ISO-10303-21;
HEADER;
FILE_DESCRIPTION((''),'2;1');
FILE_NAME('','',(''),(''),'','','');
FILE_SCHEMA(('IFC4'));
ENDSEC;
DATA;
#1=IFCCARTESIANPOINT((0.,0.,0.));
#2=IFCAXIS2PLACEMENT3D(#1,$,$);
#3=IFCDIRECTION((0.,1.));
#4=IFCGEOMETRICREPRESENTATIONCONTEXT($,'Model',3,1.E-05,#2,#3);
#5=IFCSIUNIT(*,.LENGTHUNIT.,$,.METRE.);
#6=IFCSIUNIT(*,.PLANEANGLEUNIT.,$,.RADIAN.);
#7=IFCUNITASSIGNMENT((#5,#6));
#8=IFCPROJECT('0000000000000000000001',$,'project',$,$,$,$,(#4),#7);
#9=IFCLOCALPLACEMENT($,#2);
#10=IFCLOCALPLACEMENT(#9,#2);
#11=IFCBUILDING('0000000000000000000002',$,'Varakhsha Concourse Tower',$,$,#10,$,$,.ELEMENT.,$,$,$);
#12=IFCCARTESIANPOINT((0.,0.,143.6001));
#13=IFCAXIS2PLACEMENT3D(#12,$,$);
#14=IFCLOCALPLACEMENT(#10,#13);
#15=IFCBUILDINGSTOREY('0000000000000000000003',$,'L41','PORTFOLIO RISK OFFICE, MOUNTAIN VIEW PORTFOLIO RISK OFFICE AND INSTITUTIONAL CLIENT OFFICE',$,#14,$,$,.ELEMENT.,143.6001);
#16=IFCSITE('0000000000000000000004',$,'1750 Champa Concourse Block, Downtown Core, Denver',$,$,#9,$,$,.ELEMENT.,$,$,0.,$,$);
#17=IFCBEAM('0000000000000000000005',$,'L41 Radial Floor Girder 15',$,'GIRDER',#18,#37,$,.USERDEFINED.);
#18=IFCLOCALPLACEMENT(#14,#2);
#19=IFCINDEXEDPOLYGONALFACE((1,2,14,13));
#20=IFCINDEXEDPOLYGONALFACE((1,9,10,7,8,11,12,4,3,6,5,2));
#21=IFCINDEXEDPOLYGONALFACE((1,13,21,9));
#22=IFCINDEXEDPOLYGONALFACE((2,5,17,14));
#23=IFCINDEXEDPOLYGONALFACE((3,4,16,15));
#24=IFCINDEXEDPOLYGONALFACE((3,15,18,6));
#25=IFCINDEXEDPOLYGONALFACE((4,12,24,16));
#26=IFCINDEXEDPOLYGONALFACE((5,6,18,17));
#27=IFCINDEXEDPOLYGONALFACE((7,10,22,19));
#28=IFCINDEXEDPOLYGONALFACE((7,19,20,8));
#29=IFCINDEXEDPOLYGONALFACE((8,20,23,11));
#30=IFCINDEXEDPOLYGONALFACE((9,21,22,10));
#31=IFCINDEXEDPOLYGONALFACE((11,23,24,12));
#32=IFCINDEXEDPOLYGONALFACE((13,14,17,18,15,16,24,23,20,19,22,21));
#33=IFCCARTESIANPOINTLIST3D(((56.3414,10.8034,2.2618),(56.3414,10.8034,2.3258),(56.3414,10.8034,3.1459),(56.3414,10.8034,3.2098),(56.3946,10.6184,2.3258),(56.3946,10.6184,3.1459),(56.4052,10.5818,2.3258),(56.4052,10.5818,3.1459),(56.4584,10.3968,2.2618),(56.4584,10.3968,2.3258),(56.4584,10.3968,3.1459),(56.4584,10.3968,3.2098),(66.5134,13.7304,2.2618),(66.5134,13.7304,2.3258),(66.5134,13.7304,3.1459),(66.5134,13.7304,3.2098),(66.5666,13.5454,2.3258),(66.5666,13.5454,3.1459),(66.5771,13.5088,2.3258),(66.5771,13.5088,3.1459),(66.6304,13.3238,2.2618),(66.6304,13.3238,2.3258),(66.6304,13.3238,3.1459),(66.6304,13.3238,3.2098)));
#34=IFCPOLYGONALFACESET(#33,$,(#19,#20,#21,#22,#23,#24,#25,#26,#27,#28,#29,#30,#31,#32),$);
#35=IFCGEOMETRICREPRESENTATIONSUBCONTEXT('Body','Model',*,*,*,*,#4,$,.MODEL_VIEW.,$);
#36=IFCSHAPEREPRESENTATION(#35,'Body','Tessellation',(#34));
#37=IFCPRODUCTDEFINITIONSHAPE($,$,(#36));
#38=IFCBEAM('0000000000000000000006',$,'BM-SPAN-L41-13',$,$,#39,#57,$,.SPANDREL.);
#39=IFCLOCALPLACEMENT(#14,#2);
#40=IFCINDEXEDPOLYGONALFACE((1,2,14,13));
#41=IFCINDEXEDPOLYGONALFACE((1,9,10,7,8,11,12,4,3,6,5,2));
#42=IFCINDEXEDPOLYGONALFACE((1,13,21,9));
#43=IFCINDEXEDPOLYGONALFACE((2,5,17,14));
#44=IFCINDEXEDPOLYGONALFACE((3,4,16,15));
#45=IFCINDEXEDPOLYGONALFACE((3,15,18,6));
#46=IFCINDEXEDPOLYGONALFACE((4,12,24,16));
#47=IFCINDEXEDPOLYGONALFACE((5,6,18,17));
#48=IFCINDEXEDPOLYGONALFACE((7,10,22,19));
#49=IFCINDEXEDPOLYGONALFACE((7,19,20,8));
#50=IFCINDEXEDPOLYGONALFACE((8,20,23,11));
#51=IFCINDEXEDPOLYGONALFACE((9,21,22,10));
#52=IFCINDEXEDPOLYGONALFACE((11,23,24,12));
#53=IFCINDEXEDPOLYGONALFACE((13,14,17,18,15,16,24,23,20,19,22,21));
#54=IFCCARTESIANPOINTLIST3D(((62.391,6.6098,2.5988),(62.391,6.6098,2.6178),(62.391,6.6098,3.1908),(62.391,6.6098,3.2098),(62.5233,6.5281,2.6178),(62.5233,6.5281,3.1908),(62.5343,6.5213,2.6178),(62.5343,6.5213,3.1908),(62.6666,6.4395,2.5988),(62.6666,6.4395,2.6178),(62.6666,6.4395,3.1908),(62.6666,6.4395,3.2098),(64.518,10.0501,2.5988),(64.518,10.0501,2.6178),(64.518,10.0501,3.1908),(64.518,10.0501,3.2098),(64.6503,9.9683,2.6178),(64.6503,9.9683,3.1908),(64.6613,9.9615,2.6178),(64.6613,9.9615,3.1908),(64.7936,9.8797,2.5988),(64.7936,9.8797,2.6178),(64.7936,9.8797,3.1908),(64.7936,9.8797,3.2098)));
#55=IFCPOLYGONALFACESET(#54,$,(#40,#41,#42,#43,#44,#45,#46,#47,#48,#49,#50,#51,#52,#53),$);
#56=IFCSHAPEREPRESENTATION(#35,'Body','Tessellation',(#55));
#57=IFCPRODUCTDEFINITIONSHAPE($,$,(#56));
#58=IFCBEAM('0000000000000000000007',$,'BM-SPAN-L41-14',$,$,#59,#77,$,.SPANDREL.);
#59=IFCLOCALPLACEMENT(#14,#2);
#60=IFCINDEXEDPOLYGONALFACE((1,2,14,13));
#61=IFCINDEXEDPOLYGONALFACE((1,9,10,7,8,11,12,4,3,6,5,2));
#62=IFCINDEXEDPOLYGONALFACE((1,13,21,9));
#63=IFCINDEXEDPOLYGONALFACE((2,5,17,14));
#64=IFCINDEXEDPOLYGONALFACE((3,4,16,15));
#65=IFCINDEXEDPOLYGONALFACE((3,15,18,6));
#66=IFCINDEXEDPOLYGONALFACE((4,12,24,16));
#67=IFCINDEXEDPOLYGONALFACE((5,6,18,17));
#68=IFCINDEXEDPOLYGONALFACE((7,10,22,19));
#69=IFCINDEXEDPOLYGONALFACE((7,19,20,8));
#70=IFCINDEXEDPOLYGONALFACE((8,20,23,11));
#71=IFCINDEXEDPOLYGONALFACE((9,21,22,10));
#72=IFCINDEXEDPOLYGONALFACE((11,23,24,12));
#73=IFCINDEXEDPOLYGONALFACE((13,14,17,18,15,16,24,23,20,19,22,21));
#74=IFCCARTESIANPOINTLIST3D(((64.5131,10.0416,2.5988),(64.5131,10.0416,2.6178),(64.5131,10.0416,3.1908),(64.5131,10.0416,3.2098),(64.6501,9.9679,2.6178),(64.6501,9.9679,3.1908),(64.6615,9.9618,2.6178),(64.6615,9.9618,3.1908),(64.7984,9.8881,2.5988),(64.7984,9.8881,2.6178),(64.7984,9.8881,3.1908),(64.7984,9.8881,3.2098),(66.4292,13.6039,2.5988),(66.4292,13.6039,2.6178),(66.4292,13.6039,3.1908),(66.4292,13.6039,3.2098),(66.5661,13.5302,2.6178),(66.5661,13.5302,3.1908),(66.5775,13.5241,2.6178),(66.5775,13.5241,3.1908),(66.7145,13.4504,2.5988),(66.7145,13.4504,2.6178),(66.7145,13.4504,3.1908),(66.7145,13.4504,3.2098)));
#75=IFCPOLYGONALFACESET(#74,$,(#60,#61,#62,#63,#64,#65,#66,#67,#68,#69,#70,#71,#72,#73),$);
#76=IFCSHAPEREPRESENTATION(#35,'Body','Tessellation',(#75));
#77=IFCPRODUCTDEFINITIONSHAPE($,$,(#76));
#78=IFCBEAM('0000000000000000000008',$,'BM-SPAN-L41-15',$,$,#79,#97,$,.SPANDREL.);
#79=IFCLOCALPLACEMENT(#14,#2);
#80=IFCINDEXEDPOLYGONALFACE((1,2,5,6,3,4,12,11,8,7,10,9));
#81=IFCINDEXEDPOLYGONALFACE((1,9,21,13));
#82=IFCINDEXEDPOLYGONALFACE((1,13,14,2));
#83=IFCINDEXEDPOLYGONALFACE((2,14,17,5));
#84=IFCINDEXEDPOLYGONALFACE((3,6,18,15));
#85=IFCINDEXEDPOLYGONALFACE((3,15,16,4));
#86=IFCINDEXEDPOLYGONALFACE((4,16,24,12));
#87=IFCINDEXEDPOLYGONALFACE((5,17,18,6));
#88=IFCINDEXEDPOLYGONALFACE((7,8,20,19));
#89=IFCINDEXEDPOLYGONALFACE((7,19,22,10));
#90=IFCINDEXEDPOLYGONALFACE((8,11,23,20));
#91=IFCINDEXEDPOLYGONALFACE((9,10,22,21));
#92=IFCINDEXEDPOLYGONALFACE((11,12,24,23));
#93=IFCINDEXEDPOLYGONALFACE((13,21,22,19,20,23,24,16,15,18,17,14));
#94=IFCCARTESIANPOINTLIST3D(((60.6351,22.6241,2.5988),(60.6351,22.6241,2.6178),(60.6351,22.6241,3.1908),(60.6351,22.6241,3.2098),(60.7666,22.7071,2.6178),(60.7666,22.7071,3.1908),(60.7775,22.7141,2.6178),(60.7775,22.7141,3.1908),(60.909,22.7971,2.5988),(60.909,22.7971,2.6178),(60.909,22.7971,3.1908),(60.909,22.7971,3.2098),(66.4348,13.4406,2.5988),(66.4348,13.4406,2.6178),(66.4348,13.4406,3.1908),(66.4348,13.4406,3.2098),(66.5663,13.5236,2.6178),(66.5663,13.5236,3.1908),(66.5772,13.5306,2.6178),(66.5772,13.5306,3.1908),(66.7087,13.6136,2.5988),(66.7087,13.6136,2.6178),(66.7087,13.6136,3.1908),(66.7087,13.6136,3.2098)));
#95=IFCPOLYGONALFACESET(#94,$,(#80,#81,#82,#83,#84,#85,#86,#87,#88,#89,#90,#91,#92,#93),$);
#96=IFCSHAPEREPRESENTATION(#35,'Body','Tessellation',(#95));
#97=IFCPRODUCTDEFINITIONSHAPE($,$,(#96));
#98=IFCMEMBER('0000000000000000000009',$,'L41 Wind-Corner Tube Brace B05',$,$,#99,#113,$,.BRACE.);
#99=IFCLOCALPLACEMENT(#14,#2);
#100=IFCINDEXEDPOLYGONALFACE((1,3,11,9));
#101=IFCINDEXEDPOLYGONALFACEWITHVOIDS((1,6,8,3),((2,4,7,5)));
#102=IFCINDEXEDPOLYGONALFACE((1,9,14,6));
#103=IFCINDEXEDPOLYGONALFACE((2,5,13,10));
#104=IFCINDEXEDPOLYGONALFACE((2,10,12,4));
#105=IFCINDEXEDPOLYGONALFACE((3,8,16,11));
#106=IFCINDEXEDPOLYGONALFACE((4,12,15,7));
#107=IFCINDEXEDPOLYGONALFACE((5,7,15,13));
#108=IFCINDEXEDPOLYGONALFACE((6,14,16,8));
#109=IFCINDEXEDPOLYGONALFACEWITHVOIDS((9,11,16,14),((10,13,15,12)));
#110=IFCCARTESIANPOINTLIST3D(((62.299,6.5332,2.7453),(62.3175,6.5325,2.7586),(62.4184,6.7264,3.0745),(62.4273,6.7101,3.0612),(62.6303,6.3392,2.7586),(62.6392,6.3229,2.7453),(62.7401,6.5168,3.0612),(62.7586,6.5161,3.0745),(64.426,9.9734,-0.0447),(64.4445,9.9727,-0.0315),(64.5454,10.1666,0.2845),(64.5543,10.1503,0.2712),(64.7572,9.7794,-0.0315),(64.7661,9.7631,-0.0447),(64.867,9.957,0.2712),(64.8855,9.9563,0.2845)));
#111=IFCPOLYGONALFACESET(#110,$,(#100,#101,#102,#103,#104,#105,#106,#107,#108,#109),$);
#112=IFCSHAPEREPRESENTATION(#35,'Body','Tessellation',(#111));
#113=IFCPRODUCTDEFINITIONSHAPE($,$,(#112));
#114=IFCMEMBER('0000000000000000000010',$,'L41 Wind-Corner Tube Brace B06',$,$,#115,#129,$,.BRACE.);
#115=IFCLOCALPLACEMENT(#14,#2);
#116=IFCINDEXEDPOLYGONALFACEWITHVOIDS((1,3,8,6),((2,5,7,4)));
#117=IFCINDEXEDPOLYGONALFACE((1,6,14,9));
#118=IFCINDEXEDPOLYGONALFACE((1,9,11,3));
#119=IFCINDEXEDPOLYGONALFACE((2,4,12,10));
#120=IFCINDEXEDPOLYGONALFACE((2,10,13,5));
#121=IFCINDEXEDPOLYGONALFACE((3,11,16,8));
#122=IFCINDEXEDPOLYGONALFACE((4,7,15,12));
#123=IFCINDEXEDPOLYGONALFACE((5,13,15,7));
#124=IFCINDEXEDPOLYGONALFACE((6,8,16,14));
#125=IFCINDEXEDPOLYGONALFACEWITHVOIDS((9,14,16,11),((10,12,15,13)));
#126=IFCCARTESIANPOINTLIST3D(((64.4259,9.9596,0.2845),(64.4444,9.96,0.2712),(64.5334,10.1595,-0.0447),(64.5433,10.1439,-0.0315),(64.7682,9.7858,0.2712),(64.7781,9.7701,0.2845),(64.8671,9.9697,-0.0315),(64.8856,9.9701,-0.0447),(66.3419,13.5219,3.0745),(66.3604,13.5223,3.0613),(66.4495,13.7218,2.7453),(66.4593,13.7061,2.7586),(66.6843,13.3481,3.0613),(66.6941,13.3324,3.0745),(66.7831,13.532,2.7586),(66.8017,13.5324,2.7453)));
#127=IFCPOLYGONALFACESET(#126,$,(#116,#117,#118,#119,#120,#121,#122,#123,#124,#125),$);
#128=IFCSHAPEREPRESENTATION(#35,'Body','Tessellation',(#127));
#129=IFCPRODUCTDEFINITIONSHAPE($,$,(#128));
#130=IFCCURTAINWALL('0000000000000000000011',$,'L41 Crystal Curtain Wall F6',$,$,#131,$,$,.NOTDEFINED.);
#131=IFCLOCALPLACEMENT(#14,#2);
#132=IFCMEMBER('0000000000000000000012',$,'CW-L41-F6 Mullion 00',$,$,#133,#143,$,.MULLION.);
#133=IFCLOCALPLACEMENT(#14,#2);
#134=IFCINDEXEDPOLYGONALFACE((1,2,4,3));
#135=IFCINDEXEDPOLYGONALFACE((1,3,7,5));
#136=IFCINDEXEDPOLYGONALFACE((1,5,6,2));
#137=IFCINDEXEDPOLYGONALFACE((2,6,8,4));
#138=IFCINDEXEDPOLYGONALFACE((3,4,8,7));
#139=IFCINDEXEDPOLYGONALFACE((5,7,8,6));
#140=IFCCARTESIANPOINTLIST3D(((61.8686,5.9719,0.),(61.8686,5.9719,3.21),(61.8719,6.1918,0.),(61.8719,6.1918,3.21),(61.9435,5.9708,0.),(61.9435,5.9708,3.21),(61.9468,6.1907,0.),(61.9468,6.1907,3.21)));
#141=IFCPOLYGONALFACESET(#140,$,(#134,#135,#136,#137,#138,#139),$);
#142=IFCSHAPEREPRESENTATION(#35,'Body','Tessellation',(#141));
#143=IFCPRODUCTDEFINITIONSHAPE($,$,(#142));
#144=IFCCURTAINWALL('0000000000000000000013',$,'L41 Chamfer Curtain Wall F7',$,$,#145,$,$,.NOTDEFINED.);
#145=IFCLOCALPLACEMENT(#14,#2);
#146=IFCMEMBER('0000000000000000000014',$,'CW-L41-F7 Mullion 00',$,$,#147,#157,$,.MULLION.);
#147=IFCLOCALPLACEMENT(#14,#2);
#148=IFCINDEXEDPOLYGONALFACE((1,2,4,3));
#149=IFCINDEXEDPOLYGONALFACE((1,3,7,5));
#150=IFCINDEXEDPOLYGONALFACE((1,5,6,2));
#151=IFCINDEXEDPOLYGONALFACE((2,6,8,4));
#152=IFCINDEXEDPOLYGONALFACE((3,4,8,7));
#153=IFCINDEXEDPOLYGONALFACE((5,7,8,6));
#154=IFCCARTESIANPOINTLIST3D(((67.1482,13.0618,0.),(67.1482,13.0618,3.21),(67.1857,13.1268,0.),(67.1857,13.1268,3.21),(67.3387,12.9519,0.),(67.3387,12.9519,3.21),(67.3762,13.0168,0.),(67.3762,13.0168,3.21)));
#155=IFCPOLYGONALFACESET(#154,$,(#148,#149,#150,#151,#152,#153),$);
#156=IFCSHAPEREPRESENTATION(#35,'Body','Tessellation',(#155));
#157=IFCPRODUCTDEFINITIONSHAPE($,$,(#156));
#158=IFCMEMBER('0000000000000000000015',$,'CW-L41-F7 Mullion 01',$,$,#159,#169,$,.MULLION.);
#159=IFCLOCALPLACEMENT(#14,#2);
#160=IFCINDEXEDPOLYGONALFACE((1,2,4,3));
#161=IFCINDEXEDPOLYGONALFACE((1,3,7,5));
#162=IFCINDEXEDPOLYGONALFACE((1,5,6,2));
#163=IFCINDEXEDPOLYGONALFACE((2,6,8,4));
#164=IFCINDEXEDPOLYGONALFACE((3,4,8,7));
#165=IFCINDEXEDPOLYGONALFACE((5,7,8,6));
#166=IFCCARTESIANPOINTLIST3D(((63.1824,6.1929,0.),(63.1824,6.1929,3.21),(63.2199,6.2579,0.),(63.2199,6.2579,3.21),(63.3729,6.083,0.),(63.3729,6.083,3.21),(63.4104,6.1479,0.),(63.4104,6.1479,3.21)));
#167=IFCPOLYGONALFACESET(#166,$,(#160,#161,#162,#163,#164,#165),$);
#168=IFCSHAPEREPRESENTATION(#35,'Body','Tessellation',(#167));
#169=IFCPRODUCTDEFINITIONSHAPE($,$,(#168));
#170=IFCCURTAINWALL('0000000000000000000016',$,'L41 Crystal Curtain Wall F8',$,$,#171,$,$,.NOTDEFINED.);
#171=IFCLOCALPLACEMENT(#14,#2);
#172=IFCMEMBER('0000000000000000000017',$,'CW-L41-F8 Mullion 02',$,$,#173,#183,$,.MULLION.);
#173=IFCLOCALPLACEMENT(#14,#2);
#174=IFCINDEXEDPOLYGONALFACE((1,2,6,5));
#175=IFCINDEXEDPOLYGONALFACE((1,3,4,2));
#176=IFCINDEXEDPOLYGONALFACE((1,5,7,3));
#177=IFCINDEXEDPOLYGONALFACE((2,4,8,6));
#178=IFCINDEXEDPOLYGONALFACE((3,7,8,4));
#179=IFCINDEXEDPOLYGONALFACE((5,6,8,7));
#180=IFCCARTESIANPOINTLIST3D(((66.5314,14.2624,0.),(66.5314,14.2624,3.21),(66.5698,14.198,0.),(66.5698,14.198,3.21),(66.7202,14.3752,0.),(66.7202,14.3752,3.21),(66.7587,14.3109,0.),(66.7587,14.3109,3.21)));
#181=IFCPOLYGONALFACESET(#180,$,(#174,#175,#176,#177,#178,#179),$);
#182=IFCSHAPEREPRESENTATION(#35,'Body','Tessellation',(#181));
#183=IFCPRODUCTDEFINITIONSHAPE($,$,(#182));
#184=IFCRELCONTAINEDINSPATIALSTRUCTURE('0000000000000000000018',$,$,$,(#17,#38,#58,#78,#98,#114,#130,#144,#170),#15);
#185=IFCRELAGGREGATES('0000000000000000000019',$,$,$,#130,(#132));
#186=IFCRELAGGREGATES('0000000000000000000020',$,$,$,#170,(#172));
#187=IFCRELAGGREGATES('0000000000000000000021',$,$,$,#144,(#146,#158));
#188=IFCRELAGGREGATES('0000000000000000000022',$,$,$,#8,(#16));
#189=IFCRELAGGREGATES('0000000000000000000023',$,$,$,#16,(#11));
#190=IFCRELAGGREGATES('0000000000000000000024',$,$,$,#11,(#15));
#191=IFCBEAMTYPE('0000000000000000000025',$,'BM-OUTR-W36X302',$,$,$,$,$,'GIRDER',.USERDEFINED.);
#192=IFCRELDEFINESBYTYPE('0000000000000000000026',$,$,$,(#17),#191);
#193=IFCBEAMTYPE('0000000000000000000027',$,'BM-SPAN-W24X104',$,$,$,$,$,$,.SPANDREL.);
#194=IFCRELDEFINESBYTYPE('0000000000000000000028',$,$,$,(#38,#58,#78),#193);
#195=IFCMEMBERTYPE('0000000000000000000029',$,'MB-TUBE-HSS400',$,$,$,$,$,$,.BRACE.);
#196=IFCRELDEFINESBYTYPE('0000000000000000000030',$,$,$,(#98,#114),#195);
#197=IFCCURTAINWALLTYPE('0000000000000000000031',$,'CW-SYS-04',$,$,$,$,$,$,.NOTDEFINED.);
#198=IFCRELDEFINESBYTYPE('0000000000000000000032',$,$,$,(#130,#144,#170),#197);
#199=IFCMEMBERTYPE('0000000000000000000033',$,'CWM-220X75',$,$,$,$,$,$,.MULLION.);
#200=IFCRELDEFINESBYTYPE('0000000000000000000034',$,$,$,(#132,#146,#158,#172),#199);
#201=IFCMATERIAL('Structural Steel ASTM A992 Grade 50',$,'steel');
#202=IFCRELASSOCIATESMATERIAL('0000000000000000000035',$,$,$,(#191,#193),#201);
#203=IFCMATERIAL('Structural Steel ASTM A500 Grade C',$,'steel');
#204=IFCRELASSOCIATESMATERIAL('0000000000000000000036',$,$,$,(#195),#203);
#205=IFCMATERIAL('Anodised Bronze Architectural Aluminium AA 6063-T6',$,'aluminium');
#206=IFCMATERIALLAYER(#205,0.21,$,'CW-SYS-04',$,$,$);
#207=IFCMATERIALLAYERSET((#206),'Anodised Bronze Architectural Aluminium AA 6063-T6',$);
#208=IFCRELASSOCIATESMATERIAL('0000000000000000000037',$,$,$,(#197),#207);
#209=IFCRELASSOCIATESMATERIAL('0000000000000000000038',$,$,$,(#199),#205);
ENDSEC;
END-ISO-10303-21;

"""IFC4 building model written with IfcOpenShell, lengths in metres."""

from ifc_helpers import new_model, si_unit, direction, frame, origin, origin_2d, place, context, subcontext, project, spatial, rectangle, hollow_rectangle, i_section, extrude, source, transform, mapped, material, layer, layer_set, material_profile, profile_set, type_object, type_shapes, element, aggregate, save


model = new_model("IFC4")

# Units and contexts
model_context = context("Model", 3, precision=1e-05, world=origin(), true_north=direction((0.0, 1.0)))
body_context = subcontext(model_context, "Body", "Model", "MODEL_VIEW")
ifc_project = project(units=[si_unit("LENGTHUNIT", "METRE"), si_unit("PLANEANGLEUNIT", "RADIAN")], contexts=[model_context])

# Site, building, storey
site_placement = place(None, origin())
site = spatial("IfcSite", under=ifc_project, at=site_placement, Name="1750 Champa Concourse Block, Downtown Core, Denver", CompositionType="ELEMENT", RefElevation=0.0)
building_placement = place(site_placement, origin())
building = spatial("IfcBuilding", under=site, at=building_placement, Name="Varakhsha Concourse Tower", CompositionType="ELEMENT")
storey_placement = place(building_placement, frame((0.0, 0.0, 143.6001)))
storey = spatial("IfcBuildingStorey", under=building, at=storey_placement, Name="L41", Description="PORTFOLIO RISK OFFICE, MOUNTAIN VIEW PORTFOLIO RISK OFFICE AND INSTITUTIONAL CLIENT OFFICE", CompositionType="ELEMENT", Elevation=143.6001)

# Shared definitions
ifc_material_1 = material(Name="Structural Steel ASTM A992 Grade 50", Category="steel")

# Beams
ifc_material_profile_1 = material_profile(ifc_material_1, i_section(OverallWidth=0.4231, OverallDepth=0.948, WebThickness=0.0381, FlangeThickness=0.064, at=origin_2d()), Name="W36X302")
ifc_profile_set_1 = profile_set([ifc_material_profile_1], Name="Structural Steel ASTM A992 Grade 50")
beam_type_1 = type_object("IfcBeamType", Name="BM-OUTR-W36X302", ElementType="GIRDER", PredefinedType="USERDEFINED", material=ifc_profile_set_1)
beam_1_placement = place(storey_placement, frame((56.3999, 10.6001, 2.7358), z_axis=(0.961004, 0.276533, 0.0), x_axis=(-0.276533, 0.961004, 0.0)))
element("IfcBeam", 1, at=beam_1_placement, inside=storey, type_object=beam_type_1, Name="L41 Radial Floor Girder 15", ObjectType="GIRDER", PredefinedType="USERDEFINED", context=body_context, shape_type="SweptSolid", body=[
    extrude(i_section(OverallWidth=0.4231, OverallDepth=0.948, WebThickness=0.0381, FlangeThickness=0.064, at=origin_2d()), origin(), (0.0, 0.0, 1.0), 10.5847),
])
ifc_material_profile_2 = material_profile(ifc_material_1, i_section(OverallWidth=0.324, OverallDepth=0.6111, WebThickness=0.0129, FlangeThickness=0.019, at=origin_2d()), Name="W24X104")
ifc_profile_set_2 = profile_set([ifc_material_profile_2], Name="Structural Steel ASTM A992 Grade 50")
beam_type_2 = type_object("IfcBeamType", Name="BM-SPAN-W24X104", PredefinedType="SPANDREL", material=ifc_profile_set_2)
beam_2_placement = place(storey_placement, frame((62.5288, 6.5247, 2.9043), z_axis=(0.525875, 0.850562, 0.0), x_axis=(-0.850562, 0.525875, 0.0)))
element("IfcBeam", 2, at=beam_2_placement, inside=storey, type_object=beam_type_2, Name="BM-SPAN-L41-13", PredefinedType="SPANDREL", context=body_context, shape_type="SweptSolid", body=[
    extrude(i_section(OverallWidth=0.324, OverallDepth=0.6111, WebThickness=0.0129, FlangeThickness=0.019, at=origin_2d()), origin(), (0.0, 0.0, 1.0), 4.0447),
])
beam_3_placement = place(storey_placement, frame((64.6558, 9.9648, 2.9043), z_axis=(0.473693, 0.88069, 0.0), x_axis=(-0.88069, 0.473693, 0.0)))
element("IfcBeam", 3, at=beam_3_placement, inside=storey, type_object=beam_type_2, Name="BM-SPAN-L41-14", PredefinedType="SPANDREL", context=body_context, shape_type="SweptSolid", body=[
    extrude(i_section(OverallWidth=0.324, OverallDepth=0.6111, WebThickness=0.0129, FlangeThickness=0.019, at=origin_2d()), origin(), (0.0, 0.0, 1.0), 4.0449),
])
beam_4_placement = place(storey_placement, frame((66.5718, 13.5271, 2.9043), z_axis=(-0.533969, 0.845504, 0.0), x_axis=(-0.845504, -0.533969, 0.0)))
element("IfcBeam", 4, at=beam_4_placement, inside=storey, type_object=beam_type_2, Name="BM-SPAN-L41-15", PredefinedType="SPANDREL", context=body_context, shape_type="SweptSolid", body=[
    extrude(i_section(OverallWidth=0.324, OverallDepth=0.6111, WebThickness=0.0129, FlangeThickness=0.019, at=origin_2d()), origin(), (0.0, 0.0, 1.0), 10.8616),
])

# Members
ifc_material_2 = material(Name="Structural Steel ASTM A500 Grade C", Category="steel")
ifc_material_profile_3 = material_profile(ifc_material_2, hollow_rectangle(XDim=0.3999, YDim=0.3999, WallThickness=0.0161, at=origin_2d()), Name="HSS 400x400x16")
ifc_profile_set_3 = profile_set([ifc_material_profile_3], Name="Structural Steel ASTM A500 Grade C")
member_type_1 = type_object("IfcMemberType", Name="MB-TUBE-HSS400", PredefinedType="BRACE", material=ifc_profile_set_3)
shared_shape_1 = source(origin(), body_context, "Body", "SweptSolid", [
    extrude(hollow_rectangle(XDim=0.3999, YDim=0.3999, WallThickness=0.0161, at=origin_2d()), origin(), (0.0, 0.0, 1.0), 4.9136),
])
member_1_placement = place(storey_placement, frame((64.6558, 9.9648, 0.1199), z_axis=(-0.432874, -0.70014, 0.567824), x_axis=(0.850562, -0.525875, 0.0)))
element("IfcMember", 5, at=member_1_placement, inside=storey, type_object=member_type_1, Name="L41 Wind-Corner Tube Brace B05", PredefinedType="BRACE", context=body_context, shape_type="MappedRepresentation", body=[
    mapped(shared_shape_1, transform((0.0, 0.0, 0.0), scale=1.0)),
])
shared_shape_2 = source(origin(), body_context, "Body", "SweptSolid", [
    extrude(hollow_rectangle(XDim=0.3999, YDim=0.3999, WallThickness=0.0161, at=origin_2d()), origin(), (0.0, 0.0, 1.0), 4.9138),
])
type_shapes(member_type_1, [shared_shape_1, shared_shape_2])
member_2_placement = place(storey_placement, frame((64.6558, 9.9648, 0.1199), z_axis=(0.389928, 0.724954, 0.567801), x_axis=(-0.88069, 0.473693, 0.0)))
element("IfcMember", 6, at=member_2_placement, inside=storey, type_object=member_type_1, Name="L41 Wind-Corner Tube Brace B06", PredefinedType="BRACE", context=body_context, shape_type="MappedRepresentation", body=[
    mapped(shared_shape_2, transform((0.0, 0.0, 0.0), scale=1.0)),
])

# Curtain wall, member
ifc_material_3 = material(Name="Anodised Bronze Architectural Aluminium AA 6063-T6", Category="aluminium")
ifc_layer_1 = layer(ifc_material_3, 0.21, Name="CW-SYS-04")
ifc_layer_set_1 = layer_set([ifc_layer_1], Name="Anodised Bronze Architectural Aluminium AA 6063-T6")
curtain_wall_type = type_object("IfcCurtainWallType", Name="CW-SYS-04", PredefinedType="NOTDEFINED", material=ifc_layer_set_1)
curtain_wall_1_placement = place(storey_placement, origin())
curtain_wall_1 = element("IfcCurtainWall", 7, at=curtain_wall_1_placement, inside=storey, type_object=curtain_wall_type, Name="L41 Crystal Curtain Wall F6", PredefinedType="NOTDEFINED")
ifc_material_profile_4 = material_profile(ifc_material_3, rectangle(XDim=0.075, YDim=0.22, at=origin_2d()), Name="CWM-220X75")
ifc_profile_set_4 = profile_set([ifc_material_profile_4], Name="Anodised Bronze Architectural Aluminium AA 6063-T6")
member_type_2 = type_object("IfcMemberType", Name="CWM-220X75", PredefinedType="MULLION", material=ifc_profile_set_4)
shared_shape_3 = source(origin(), body_context, "Body", "SweptSolid", [
    extrude(rectangle(XDim=0.075, YDim=0.22, at=origin_2d()), origin(), (0.0, 0.0, 1.0), 3.21),
])
type_shapes(member_type_2, [shared_shape_3])
member_3_placement = place(storey_placement, frame((61.9077, 6.0813, 0.0), z_axis=(0.0, 0.0, 1.0), x_axis=(-0.999887, 0.015063, 0.0)))
member_3 = element("IfcMember", 8, at=member_3_placement, type_object=member_type_2, Name="CW-L41-F6 Mullion 00", PredefinedType="MULLION", context=body_context, shape_type="MappedRepresentation", body=[
    mapped(shared_shape_3, transform((0.0, 0.0, 0.0), scale=1.0)),
])

# Curtain wall, members
curtain_wall_2_placement = place(storey_placement, origin())
curtain_wall_2 = element("IfcCurtainWall", 9, at=curtain_wall_2_placement, inside=storey, type_object=curtain_wall_type, Name="L41 Chamfer Curtain Wall F7", PredefinedType="NOTDEFINED")
member_4_placement = place(storey_placement, frame((67.2622, 13.0393, 0.0), z_axis=(0.0, 0.0, 1.0), x_axis=(-0.5, -0.866025, 0.0)))
member_4 = element("IfcMember", 10, at=member_4_placement, type_object=member_type_2, Name="CW-L41-F7 Mullion 00", PredefinedType="MULLION", context=body_context, shape_type="MappedRepresentation", body=[
    mapped(shared_shape_3, transform((0.0, 0.0, 0.0), scale=1.0)),
])
member_5_placement = place(storey_placement, frame((63.2964, 6.1704, 0.0), z_axis=(0.0, 0.0, 1.0), x_axis=(-0.5, -0.866025, 0.0)))
member_5 = element("IfcMember", 11, at=member_5_placement, type_object=member_type_2, Name="CW-L41-F7 Mullion 01", PredefinedType="MULLION", context=body_context, shape_type="MappedRepresentation", body=[
    mapped(shared_shape_3, transform((0.0, 0.0, 0.0), scale=1.0)),
])

# Curtain wall, member
curtain_wall_3_placement = place(storey_placement, origin())
curtain_wall_3 = element("IfcCurtainWall", 12, at=curtain_wall_3_placement, inside=storey, type_object=curtain_wall_type, Name="L41 Crystal Curtain Wall F8", PredefinedType="NOTDEFINED")
member_6_placement = place(storey_placement, frame((66.645, 14.2866, 0.0), z_axis=(0.0, 0.0, 1.0), x_axis=(0.512984, -0.858398, 0.0)))
member_6 = element("IfcMember", 13, at=member_6_placement, type_object=member_type_2, Name="CW-L41-F8 Mullion 02", PredefinedType="MULLION", context=body_context, shape_type="MappedRepresentation", body=[
    mapped(shared_shape_3, transform((0.0, 0.0, 0.0), scale=1.0)),
])

aggregate(curtain_wall_1, [member_3])
aggregate(curtain_wall_3, [member_6])
aggregate(curtain_wall_2, [member_4, member_5])

save(model, "model.ifc")
